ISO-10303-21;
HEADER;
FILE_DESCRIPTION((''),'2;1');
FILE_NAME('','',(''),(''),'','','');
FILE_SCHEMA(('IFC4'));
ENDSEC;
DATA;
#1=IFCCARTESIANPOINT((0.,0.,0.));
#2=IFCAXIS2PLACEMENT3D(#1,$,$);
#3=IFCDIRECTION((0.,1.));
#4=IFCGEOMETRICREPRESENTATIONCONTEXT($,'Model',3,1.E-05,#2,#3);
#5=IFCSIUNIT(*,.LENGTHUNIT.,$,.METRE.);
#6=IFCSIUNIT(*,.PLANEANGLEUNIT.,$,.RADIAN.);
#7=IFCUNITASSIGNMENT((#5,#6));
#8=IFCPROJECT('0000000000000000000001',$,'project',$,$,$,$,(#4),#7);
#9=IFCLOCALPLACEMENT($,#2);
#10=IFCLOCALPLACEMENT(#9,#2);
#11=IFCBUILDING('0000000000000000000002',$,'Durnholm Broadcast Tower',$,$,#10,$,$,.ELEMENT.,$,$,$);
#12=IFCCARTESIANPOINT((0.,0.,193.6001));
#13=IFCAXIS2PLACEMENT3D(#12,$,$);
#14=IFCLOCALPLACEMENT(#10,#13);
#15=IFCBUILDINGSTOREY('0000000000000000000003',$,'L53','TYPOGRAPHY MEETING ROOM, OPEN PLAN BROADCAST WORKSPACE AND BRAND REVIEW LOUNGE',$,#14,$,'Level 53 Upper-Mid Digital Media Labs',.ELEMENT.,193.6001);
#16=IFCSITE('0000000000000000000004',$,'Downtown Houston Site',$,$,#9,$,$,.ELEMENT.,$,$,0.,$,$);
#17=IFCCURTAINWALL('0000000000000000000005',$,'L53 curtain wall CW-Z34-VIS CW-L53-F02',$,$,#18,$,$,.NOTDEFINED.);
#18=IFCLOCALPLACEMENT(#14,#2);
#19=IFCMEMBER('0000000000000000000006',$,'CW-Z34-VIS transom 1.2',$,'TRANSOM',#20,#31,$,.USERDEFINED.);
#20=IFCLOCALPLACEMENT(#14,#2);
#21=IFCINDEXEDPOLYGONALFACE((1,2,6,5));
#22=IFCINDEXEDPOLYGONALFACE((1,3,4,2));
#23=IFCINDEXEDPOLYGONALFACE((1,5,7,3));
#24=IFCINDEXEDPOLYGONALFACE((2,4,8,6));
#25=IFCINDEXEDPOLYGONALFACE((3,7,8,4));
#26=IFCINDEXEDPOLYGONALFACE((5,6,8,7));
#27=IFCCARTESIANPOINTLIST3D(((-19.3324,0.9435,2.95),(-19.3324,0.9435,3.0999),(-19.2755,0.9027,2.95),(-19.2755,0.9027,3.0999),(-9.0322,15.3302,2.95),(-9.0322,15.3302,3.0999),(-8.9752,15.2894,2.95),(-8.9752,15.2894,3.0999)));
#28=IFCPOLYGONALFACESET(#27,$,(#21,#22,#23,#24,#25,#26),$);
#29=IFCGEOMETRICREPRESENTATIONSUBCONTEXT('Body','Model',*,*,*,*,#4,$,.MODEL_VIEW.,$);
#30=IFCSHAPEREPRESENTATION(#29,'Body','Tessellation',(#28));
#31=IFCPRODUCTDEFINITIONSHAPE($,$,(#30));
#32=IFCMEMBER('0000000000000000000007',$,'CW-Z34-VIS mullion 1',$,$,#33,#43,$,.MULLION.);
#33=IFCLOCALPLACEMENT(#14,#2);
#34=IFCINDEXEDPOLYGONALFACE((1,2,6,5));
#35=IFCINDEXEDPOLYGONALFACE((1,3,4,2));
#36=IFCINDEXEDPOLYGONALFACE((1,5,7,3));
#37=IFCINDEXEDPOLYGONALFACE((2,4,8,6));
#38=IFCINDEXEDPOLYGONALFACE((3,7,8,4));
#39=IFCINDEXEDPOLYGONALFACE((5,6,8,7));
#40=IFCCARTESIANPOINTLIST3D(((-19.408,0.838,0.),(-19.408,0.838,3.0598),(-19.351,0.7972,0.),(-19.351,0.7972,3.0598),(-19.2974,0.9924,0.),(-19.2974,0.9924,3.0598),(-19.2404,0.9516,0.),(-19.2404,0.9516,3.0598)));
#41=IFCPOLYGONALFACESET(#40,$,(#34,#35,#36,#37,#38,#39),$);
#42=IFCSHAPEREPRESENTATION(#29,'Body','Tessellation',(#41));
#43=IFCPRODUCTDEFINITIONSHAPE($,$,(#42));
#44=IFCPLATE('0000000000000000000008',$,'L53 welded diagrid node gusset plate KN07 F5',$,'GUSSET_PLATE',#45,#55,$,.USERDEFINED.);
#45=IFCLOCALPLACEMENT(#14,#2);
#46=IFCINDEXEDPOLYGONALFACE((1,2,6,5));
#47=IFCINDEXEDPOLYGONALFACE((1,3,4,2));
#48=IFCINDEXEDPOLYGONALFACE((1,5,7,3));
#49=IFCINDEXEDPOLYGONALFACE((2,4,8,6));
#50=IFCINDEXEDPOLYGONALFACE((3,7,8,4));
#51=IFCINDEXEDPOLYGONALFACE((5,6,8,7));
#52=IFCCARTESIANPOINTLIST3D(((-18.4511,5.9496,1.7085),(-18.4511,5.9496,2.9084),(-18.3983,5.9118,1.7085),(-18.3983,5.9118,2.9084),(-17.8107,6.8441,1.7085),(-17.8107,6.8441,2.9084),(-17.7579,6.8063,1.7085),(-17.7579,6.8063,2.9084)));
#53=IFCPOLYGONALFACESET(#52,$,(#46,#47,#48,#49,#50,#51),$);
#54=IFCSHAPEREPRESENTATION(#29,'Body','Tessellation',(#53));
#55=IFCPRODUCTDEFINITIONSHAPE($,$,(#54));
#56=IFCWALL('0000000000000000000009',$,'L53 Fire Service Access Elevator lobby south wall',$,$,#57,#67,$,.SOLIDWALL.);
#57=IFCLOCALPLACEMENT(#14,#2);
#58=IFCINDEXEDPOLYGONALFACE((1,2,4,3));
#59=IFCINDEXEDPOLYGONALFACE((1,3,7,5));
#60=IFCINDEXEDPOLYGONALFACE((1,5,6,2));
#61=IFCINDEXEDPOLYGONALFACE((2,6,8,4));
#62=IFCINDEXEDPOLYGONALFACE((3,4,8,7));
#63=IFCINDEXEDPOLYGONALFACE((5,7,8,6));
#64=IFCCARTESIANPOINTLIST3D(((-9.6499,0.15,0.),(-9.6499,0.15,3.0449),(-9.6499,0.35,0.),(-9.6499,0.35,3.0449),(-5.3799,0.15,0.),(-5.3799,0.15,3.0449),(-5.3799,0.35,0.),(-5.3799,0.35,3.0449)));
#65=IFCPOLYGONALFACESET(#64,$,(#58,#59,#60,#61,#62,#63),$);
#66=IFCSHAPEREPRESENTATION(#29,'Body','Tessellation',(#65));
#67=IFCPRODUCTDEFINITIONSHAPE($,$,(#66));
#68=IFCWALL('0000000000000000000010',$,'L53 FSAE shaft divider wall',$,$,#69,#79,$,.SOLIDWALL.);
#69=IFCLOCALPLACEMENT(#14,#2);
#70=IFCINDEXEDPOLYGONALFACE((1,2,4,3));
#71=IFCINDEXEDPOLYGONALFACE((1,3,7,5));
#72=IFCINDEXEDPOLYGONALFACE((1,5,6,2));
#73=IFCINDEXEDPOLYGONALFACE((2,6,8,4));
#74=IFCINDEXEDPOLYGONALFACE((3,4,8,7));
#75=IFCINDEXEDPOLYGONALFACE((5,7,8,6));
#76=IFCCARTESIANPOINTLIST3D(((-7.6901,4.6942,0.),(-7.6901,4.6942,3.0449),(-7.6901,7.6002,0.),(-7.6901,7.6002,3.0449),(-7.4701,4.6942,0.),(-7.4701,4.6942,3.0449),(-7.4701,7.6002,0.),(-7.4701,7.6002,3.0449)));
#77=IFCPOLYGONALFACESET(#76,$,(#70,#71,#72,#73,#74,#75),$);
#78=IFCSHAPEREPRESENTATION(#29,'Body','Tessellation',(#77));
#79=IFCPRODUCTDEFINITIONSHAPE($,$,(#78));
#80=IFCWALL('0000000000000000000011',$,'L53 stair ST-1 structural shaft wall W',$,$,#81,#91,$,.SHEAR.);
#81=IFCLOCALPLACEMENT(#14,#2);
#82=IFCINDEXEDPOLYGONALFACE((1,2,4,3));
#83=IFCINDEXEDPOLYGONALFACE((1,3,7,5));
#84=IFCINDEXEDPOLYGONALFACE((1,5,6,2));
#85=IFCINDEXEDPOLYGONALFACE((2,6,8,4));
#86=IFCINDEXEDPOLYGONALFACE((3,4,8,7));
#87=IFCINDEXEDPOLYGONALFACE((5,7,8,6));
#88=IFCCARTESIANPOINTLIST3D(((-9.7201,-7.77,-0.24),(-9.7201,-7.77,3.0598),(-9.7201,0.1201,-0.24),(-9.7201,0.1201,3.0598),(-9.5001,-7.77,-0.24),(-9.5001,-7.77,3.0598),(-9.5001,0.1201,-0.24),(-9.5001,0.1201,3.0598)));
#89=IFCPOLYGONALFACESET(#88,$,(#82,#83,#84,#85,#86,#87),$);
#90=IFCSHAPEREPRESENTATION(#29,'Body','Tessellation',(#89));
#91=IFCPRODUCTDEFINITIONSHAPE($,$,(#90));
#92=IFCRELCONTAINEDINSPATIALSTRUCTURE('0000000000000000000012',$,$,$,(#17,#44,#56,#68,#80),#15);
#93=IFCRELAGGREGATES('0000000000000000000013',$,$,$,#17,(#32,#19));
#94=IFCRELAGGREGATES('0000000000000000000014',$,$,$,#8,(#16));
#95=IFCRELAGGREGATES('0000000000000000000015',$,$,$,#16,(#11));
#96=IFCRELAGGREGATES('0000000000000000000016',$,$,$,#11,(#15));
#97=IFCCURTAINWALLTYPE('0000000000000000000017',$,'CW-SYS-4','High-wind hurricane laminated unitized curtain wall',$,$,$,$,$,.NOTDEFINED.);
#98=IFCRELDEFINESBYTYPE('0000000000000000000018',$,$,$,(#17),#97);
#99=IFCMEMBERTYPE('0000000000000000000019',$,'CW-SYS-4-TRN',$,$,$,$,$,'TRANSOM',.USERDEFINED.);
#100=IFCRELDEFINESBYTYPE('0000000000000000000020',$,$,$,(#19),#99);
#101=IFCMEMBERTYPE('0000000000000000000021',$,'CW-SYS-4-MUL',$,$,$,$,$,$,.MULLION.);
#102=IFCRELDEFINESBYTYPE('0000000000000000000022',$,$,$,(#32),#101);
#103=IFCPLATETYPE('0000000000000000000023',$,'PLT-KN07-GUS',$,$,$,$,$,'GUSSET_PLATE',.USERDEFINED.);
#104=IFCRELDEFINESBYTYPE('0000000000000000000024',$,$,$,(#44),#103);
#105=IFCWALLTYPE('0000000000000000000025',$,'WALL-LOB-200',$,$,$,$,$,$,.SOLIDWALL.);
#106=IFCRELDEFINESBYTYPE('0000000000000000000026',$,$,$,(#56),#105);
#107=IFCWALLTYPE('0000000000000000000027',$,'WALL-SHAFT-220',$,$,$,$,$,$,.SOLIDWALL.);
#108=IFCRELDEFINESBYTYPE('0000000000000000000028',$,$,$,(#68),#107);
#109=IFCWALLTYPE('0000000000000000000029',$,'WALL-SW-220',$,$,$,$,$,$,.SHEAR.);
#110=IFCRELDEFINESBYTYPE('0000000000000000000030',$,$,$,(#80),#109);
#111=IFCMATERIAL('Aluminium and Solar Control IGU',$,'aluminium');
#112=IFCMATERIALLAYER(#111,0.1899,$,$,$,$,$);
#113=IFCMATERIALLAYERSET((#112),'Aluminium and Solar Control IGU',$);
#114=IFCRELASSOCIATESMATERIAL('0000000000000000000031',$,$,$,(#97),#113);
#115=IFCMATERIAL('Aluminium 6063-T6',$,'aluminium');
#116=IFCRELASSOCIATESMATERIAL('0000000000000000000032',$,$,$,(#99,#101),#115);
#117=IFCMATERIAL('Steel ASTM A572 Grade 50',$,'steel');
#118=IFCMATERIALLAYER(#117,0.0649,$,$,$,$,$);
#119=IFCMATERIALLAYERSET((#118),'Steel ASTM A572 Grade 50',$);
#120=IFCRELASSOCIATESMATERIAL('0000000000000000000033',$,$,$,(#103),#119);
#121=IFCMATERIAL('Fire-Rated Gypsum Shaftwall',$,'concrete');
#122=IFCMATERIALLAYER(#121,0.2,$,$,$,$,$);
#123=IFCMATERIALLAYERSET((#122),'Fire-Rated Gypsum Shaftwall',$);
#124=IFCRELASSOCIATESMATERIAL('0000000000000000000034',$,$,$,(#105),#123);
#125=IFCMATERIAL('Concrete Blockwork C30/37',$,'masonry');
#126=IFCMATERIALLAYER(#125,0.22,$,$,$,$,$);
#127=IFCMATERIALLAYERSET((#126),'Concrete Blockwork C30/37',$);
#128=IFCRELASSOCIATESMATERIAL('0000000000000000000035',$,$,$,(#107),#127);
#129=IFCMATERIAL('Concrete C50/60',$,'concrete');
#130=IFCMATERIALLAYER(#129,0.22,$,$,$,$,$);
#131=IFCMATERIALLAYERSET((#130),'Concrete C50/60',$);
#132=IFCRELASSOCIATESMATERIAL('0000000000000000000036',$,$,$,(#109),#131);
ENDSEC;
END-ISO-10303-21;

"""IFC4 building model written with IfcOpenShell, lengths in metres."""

from ifc_helpers import new_model, si_unit, direction, frame, frame_2d, origin, origin_2d, place, context, subcontext, project, spatial, rectangle, extrude, source, transform, mapped, material, layer, layer_set, material_profile, profile_set, type_object, type_shapes, element, aggregate, save


model = new_model("IFC4")

# Units and contexts
model_context = context("Model", 3, precision=1e-05, world=origin(), true_north=direction((0.0, 1.0)))
body_context = subcontext(model_context, "Body", "Model", "MODEL_VIEW")
ifc_project = project(units=[si_unit("LENGTHUNIT", "METRE"), si_unit("PLANEANGLEUNIT", "RADIAN")], contexts=[model_context])

# Site, building, storey
site_placement = place(None, origin())
site = spatial("IfcSite", under=ifc_project, at=site_placement, Name="Downtown Houston Site", CompositionType="ELEMENT", RefElevation=0.0)
building_placement = place(site_placement, origin())
building = spatial("IfcBuilding", under=site, at=building_placement, Name="Durnholm Broadcast Tower", CompositionType="ELEMENT")
storey_placement = place(building_placement, frame((0.0, 0.0, 193.6001)))
storey = spatial("IfcBuildingStorey", under=building, at=storey_placement, Name="L53", Description="TYPOGRAPHY MEETING ROOM, OPEN PLAN BROADCAST WORKSPACE AND BRAND REVIEW LOUNGE", LongName="Level 53 Upper-Mid Digital Media Labs", CompositionType="ELEMENT", Elevation=193.6001)

# Shared definitions
ifc_material_1 = material(Name="Aluminium and Solar Control IGU", Category="aluminium")
ifc_material_2 = material(Name="Aluminium 6063-T6", Category="aluminium")

# Curtain wall, members
ifc_layer_1 = layer(ifc_material_1, 0.1899)
ifc_layer_set_1 = layer_set([ifc_layer_1], Name="Aluminium and Solar Control IGU")
curtain_wall_type_1 = type_object("IfcCurtainWallType", Name="CW-SYS-4", Description="High-wind hurricane laminated unitized curtain wall", PredefinedType="NOTDEFINED", material=ifc_layer_set_1)
curtain_wall_1_placement = place(storey_placement, origin())
curtain_wall_1 = element("IfcCurtainWall", 1, at=curtain_wall_1_placement, inside=storey, type_object=curtain_wall_type_1, Name="L53 curtain wall CW-Z34-VIS CW-L53-F02", PredefinedType="NOTDEFINED")
ifc_material_profile_1 = material_profile(ifc_material_2, rectangle(XDim=0.0701, YDim=0.1499, at=origin_2d()), Name="CWT70X150")
ifc_profile_set_1 = profile_set([ifc_material_profile_1], Name="Aluminium 6063-T6")
member_type_1 = type_object("IfcMemberType", Name="CW-SYS-4-TRN", ElementType="TRANSOM", PredefinedType="USERDEFINED", material=ifc_profile_set_1)
shared_shape_1 = source(origin(), body_context, "Body", "SweptSolid", [
    extrude(rectangle(XDim=0.0701, YDim=0.1499, at=origin_2d()), origin(), (0.0, 0.0, 1.0), 17.6938),
])
type_shapes(member_type_1, [shared_shape_1])
member_1_placement = place(storey_placement, frame((-19.304, 0.9231, 3.0249), z_axis=(0.582138, 0.81309, 0.0), x_axis=(-0.81309, 0.582138, 0.0)))
member_1 = element("IfcMember", 2, at=member_1_placement, type_object=member_type_1, Name="CW-Z34-VIS transom 1.2", ObjectType="TRANSOM", PredefinedType="USERDEFINED", context=body_context, shape_type="MappedRepresentation", body=[
    mapped(shared_shape_1, transform((0.0, 0.0, 0.0), x_axis=(1.0, 0.0, 0.0), y_axis=(0.0, 1.0, 0.0), z_axis=(0.0, 0.0, 1.0), scale=1.0)),
])
ifc_material_profile_2 = material_profile(ifc_material_2, rectangle(XDim=0.0701, YDim=0.1899, at=origin_2d()), Name="CWM70X190")
ifc_profile_set_2 = profile_set([ifc_material_profile_2], Name="Aluminium 6063-T6")
member_type_2 = type_object("IfcMemberType", Name="CW-SYS-4-MUL", PredefinedType="MULLION", material=ifc_profile_set_2)
shared_shape_2 = source(origin(), body_context, "Body", "SweptSolid", [
    extrude(rectangle(XDim=0.0701, YDim=0.1899, at=origin_2d()), origin(), (0.0, 0.0, 1.0), 3.0598),
])
type_shapes(member_type_2, [shared_shape_2])
member_2_placement = place(storey_placement, frame((-19.3242, 0.8948, 0.0), z_axis=(0.0, 0.0, 1.0), x_axis=(-0.813089, 0.582139, 0.0)))
member_2 = element("IfcMember", 3, at=member_2_placement, type_object=member_type_2, Name="CW-Z34-VIS mullion 1", PredefinedType="MULLION", context=body_context, shape_type="MappedRepresentation", body=[
    mapped(shared_shape_2, transform((0.0, 0.0, 0.0), x_axis=(1.0, 0.0, 0.0), y_axis=(0.0, 1.0, 0.0), z_axis=(0.0, 0.0, 1.0), scale=1.0)),
])
aggregate(curtain_wall_1, [member_2, member_1])

# Plate
ifc_material_3 = material(Name="Steel ASTM A572 Grade 50", Category="steel")
ifc_layer_2 = layer(ifc_material_3, 0.0649)
ifc_layer_set_2 = layer_set([ifc_layer_2], Name="Steel ASTM A572 Grade 50")
plate_type = type_object("IfcPlateType", Name="PLT-KN07-GUS", ElementType="GUSSET_PLATE", PredefinedType="USERDEFINED", material=ifc_layer_set_2)
shared_shape_3 = source(origin(), body_context, "Body", "SweptSolid", [
    extrude(rectangle(XDim=1.1001, YDim=0.0649, at=origin_2d()), origin(), (0.0, 0.0, 1.0), 1.2),
])
type_shapes(plate_type, [shared_shape_3])
plate_placement = place(storey_placement, frame((-18.1045, 6.3779, 1.7085), z_axis=(0.0, 0.0, 1.0), x_axis=(-0.582123, -0.813101, 0.0)))
element("IfcPlate", 4, at=plate_placement, inside=storey, type_object=plate_type, Name="L53 welded diagrid node gusset plate KN07 F5", ObjectType="GUSSET_PLATE", PredefinedType="USERDEFINED", context=body_context, shape_type="MappedRepresentation", body=[
    mapped(shared_shape_3, transform((0.0, 0.0, 0.0), x_axis=(1.0, 0.0, 0.0), y_axis=(0.0, 1.0, 0.0), z_axis=(0.0, 0.0, 1.0), scale=1.0)),
])

# Wall
ifc_material_4 = material(Name="Fire-Rated Gypsum Shaftwall", Category="concrete")
ifc_layer_3 = layer(ifc_material_4, 0.2)
ifc_layer_set_3 = layer_set([ifc_layer_3], Name="Fire-Rated Gypsum Shaftwall")
wall_type_1 = type_object("IfcWallType", Name="WALL-LOB-200", PredefinedType="SOLIDWALL", material=ifc_layer_set_3)
wall_1_placement = place(storey_placement, frame((-9.6499, 0.25, 0.0), z_axis=(0.0, 0.0, 1.0), x_axis=(1.0, 0.0, 0.0)))
element("IfcWall", 5, at=wall_1_placement, inside=storey, type_object=wall_type_1, Name="L53 Fire Service Access Elevator lobby south wall", PredefinedType="SOLIDWALL", context=body_context, shape_type="SweptSolid", body=[
    extrude(rectangle(XDim=4.27, YDim=0.2, at=frame_2d((2.135, 0.0))), origin(), (0.0, 0.0, 1.0), 3.0449),
])

# Shared definitions
ifc_material_5 = material(Name="Concrete Blockwork C30/37", Category="masonry")
ifc_layer_4 = layer(ifc_material_5, 0.22)
ifc_layer_set_4 = layer_set([ifc_layer_4], Name="Concrete Blockwork C30/37")
wall_type_2 = type_object("IfcWallType", Name="WALL-SHAFT-220", PredefinedType="SOLIDWALL", material=ifc_layer_set_4)

# Walls
wall_2_placement = place(storey_placement, frame((-7.5801, 4.6941, 0.0), z_axis=(0.0, 0.0, 1.0), x_axis=(0.0, 1.0, 0.0)))
element("IfcWall", 6, at=wall_2_placement, inside=storey, type_object=wall_type_2, Name="L53 FSAE shaft divider wall", PredefinedType="SOLIDWALL", context=body_context, shape_type="SweptSolid", body=[
    extrude(rectangle(XDim=2.906, YDim=0.22, at=frame_2d((1.4531, 0.0))), origin(), (0.0, 0.0, 1.0), 3.0449),
])
ifc_material_6 = material(Name="Concrete C50/60", Category="concrete")
ifc_layer_5 = layer(ifc_material_6, 0.22)
ifc_layer_set_5 = layer_set([ifc_layer_5], Name="Concrete C50/60")
wall_type_3 = type_object("IfcWallType", Name="WALL-SW-220", PredefinedType="SHEAR", material=ifc_layer_set_5)
wall_3_placement = place(storey_placement, frame((-9.6101, 0.1201, -0.24), z_axis=(0.0, 0.0, 1.0), x_axis=(0.0, -1.0, 0.0)))
element("IfcWall", 7, at=wall_3_placement, inside=storey, type_object=wall_type_3, Name="L53 stair ST-1 structural shaft wall W", PredefinedType="SHEAR", context=body_context, shape_type="SweptSolid", body=[
    extrude(rectangle(XDim=7.8901, YDim=0.22, at=frame_2d((3.9451, 0.0))), origin(), (0.0, 0.0, 1.0), 3.2998),
])

save(model, "model.ifc")
